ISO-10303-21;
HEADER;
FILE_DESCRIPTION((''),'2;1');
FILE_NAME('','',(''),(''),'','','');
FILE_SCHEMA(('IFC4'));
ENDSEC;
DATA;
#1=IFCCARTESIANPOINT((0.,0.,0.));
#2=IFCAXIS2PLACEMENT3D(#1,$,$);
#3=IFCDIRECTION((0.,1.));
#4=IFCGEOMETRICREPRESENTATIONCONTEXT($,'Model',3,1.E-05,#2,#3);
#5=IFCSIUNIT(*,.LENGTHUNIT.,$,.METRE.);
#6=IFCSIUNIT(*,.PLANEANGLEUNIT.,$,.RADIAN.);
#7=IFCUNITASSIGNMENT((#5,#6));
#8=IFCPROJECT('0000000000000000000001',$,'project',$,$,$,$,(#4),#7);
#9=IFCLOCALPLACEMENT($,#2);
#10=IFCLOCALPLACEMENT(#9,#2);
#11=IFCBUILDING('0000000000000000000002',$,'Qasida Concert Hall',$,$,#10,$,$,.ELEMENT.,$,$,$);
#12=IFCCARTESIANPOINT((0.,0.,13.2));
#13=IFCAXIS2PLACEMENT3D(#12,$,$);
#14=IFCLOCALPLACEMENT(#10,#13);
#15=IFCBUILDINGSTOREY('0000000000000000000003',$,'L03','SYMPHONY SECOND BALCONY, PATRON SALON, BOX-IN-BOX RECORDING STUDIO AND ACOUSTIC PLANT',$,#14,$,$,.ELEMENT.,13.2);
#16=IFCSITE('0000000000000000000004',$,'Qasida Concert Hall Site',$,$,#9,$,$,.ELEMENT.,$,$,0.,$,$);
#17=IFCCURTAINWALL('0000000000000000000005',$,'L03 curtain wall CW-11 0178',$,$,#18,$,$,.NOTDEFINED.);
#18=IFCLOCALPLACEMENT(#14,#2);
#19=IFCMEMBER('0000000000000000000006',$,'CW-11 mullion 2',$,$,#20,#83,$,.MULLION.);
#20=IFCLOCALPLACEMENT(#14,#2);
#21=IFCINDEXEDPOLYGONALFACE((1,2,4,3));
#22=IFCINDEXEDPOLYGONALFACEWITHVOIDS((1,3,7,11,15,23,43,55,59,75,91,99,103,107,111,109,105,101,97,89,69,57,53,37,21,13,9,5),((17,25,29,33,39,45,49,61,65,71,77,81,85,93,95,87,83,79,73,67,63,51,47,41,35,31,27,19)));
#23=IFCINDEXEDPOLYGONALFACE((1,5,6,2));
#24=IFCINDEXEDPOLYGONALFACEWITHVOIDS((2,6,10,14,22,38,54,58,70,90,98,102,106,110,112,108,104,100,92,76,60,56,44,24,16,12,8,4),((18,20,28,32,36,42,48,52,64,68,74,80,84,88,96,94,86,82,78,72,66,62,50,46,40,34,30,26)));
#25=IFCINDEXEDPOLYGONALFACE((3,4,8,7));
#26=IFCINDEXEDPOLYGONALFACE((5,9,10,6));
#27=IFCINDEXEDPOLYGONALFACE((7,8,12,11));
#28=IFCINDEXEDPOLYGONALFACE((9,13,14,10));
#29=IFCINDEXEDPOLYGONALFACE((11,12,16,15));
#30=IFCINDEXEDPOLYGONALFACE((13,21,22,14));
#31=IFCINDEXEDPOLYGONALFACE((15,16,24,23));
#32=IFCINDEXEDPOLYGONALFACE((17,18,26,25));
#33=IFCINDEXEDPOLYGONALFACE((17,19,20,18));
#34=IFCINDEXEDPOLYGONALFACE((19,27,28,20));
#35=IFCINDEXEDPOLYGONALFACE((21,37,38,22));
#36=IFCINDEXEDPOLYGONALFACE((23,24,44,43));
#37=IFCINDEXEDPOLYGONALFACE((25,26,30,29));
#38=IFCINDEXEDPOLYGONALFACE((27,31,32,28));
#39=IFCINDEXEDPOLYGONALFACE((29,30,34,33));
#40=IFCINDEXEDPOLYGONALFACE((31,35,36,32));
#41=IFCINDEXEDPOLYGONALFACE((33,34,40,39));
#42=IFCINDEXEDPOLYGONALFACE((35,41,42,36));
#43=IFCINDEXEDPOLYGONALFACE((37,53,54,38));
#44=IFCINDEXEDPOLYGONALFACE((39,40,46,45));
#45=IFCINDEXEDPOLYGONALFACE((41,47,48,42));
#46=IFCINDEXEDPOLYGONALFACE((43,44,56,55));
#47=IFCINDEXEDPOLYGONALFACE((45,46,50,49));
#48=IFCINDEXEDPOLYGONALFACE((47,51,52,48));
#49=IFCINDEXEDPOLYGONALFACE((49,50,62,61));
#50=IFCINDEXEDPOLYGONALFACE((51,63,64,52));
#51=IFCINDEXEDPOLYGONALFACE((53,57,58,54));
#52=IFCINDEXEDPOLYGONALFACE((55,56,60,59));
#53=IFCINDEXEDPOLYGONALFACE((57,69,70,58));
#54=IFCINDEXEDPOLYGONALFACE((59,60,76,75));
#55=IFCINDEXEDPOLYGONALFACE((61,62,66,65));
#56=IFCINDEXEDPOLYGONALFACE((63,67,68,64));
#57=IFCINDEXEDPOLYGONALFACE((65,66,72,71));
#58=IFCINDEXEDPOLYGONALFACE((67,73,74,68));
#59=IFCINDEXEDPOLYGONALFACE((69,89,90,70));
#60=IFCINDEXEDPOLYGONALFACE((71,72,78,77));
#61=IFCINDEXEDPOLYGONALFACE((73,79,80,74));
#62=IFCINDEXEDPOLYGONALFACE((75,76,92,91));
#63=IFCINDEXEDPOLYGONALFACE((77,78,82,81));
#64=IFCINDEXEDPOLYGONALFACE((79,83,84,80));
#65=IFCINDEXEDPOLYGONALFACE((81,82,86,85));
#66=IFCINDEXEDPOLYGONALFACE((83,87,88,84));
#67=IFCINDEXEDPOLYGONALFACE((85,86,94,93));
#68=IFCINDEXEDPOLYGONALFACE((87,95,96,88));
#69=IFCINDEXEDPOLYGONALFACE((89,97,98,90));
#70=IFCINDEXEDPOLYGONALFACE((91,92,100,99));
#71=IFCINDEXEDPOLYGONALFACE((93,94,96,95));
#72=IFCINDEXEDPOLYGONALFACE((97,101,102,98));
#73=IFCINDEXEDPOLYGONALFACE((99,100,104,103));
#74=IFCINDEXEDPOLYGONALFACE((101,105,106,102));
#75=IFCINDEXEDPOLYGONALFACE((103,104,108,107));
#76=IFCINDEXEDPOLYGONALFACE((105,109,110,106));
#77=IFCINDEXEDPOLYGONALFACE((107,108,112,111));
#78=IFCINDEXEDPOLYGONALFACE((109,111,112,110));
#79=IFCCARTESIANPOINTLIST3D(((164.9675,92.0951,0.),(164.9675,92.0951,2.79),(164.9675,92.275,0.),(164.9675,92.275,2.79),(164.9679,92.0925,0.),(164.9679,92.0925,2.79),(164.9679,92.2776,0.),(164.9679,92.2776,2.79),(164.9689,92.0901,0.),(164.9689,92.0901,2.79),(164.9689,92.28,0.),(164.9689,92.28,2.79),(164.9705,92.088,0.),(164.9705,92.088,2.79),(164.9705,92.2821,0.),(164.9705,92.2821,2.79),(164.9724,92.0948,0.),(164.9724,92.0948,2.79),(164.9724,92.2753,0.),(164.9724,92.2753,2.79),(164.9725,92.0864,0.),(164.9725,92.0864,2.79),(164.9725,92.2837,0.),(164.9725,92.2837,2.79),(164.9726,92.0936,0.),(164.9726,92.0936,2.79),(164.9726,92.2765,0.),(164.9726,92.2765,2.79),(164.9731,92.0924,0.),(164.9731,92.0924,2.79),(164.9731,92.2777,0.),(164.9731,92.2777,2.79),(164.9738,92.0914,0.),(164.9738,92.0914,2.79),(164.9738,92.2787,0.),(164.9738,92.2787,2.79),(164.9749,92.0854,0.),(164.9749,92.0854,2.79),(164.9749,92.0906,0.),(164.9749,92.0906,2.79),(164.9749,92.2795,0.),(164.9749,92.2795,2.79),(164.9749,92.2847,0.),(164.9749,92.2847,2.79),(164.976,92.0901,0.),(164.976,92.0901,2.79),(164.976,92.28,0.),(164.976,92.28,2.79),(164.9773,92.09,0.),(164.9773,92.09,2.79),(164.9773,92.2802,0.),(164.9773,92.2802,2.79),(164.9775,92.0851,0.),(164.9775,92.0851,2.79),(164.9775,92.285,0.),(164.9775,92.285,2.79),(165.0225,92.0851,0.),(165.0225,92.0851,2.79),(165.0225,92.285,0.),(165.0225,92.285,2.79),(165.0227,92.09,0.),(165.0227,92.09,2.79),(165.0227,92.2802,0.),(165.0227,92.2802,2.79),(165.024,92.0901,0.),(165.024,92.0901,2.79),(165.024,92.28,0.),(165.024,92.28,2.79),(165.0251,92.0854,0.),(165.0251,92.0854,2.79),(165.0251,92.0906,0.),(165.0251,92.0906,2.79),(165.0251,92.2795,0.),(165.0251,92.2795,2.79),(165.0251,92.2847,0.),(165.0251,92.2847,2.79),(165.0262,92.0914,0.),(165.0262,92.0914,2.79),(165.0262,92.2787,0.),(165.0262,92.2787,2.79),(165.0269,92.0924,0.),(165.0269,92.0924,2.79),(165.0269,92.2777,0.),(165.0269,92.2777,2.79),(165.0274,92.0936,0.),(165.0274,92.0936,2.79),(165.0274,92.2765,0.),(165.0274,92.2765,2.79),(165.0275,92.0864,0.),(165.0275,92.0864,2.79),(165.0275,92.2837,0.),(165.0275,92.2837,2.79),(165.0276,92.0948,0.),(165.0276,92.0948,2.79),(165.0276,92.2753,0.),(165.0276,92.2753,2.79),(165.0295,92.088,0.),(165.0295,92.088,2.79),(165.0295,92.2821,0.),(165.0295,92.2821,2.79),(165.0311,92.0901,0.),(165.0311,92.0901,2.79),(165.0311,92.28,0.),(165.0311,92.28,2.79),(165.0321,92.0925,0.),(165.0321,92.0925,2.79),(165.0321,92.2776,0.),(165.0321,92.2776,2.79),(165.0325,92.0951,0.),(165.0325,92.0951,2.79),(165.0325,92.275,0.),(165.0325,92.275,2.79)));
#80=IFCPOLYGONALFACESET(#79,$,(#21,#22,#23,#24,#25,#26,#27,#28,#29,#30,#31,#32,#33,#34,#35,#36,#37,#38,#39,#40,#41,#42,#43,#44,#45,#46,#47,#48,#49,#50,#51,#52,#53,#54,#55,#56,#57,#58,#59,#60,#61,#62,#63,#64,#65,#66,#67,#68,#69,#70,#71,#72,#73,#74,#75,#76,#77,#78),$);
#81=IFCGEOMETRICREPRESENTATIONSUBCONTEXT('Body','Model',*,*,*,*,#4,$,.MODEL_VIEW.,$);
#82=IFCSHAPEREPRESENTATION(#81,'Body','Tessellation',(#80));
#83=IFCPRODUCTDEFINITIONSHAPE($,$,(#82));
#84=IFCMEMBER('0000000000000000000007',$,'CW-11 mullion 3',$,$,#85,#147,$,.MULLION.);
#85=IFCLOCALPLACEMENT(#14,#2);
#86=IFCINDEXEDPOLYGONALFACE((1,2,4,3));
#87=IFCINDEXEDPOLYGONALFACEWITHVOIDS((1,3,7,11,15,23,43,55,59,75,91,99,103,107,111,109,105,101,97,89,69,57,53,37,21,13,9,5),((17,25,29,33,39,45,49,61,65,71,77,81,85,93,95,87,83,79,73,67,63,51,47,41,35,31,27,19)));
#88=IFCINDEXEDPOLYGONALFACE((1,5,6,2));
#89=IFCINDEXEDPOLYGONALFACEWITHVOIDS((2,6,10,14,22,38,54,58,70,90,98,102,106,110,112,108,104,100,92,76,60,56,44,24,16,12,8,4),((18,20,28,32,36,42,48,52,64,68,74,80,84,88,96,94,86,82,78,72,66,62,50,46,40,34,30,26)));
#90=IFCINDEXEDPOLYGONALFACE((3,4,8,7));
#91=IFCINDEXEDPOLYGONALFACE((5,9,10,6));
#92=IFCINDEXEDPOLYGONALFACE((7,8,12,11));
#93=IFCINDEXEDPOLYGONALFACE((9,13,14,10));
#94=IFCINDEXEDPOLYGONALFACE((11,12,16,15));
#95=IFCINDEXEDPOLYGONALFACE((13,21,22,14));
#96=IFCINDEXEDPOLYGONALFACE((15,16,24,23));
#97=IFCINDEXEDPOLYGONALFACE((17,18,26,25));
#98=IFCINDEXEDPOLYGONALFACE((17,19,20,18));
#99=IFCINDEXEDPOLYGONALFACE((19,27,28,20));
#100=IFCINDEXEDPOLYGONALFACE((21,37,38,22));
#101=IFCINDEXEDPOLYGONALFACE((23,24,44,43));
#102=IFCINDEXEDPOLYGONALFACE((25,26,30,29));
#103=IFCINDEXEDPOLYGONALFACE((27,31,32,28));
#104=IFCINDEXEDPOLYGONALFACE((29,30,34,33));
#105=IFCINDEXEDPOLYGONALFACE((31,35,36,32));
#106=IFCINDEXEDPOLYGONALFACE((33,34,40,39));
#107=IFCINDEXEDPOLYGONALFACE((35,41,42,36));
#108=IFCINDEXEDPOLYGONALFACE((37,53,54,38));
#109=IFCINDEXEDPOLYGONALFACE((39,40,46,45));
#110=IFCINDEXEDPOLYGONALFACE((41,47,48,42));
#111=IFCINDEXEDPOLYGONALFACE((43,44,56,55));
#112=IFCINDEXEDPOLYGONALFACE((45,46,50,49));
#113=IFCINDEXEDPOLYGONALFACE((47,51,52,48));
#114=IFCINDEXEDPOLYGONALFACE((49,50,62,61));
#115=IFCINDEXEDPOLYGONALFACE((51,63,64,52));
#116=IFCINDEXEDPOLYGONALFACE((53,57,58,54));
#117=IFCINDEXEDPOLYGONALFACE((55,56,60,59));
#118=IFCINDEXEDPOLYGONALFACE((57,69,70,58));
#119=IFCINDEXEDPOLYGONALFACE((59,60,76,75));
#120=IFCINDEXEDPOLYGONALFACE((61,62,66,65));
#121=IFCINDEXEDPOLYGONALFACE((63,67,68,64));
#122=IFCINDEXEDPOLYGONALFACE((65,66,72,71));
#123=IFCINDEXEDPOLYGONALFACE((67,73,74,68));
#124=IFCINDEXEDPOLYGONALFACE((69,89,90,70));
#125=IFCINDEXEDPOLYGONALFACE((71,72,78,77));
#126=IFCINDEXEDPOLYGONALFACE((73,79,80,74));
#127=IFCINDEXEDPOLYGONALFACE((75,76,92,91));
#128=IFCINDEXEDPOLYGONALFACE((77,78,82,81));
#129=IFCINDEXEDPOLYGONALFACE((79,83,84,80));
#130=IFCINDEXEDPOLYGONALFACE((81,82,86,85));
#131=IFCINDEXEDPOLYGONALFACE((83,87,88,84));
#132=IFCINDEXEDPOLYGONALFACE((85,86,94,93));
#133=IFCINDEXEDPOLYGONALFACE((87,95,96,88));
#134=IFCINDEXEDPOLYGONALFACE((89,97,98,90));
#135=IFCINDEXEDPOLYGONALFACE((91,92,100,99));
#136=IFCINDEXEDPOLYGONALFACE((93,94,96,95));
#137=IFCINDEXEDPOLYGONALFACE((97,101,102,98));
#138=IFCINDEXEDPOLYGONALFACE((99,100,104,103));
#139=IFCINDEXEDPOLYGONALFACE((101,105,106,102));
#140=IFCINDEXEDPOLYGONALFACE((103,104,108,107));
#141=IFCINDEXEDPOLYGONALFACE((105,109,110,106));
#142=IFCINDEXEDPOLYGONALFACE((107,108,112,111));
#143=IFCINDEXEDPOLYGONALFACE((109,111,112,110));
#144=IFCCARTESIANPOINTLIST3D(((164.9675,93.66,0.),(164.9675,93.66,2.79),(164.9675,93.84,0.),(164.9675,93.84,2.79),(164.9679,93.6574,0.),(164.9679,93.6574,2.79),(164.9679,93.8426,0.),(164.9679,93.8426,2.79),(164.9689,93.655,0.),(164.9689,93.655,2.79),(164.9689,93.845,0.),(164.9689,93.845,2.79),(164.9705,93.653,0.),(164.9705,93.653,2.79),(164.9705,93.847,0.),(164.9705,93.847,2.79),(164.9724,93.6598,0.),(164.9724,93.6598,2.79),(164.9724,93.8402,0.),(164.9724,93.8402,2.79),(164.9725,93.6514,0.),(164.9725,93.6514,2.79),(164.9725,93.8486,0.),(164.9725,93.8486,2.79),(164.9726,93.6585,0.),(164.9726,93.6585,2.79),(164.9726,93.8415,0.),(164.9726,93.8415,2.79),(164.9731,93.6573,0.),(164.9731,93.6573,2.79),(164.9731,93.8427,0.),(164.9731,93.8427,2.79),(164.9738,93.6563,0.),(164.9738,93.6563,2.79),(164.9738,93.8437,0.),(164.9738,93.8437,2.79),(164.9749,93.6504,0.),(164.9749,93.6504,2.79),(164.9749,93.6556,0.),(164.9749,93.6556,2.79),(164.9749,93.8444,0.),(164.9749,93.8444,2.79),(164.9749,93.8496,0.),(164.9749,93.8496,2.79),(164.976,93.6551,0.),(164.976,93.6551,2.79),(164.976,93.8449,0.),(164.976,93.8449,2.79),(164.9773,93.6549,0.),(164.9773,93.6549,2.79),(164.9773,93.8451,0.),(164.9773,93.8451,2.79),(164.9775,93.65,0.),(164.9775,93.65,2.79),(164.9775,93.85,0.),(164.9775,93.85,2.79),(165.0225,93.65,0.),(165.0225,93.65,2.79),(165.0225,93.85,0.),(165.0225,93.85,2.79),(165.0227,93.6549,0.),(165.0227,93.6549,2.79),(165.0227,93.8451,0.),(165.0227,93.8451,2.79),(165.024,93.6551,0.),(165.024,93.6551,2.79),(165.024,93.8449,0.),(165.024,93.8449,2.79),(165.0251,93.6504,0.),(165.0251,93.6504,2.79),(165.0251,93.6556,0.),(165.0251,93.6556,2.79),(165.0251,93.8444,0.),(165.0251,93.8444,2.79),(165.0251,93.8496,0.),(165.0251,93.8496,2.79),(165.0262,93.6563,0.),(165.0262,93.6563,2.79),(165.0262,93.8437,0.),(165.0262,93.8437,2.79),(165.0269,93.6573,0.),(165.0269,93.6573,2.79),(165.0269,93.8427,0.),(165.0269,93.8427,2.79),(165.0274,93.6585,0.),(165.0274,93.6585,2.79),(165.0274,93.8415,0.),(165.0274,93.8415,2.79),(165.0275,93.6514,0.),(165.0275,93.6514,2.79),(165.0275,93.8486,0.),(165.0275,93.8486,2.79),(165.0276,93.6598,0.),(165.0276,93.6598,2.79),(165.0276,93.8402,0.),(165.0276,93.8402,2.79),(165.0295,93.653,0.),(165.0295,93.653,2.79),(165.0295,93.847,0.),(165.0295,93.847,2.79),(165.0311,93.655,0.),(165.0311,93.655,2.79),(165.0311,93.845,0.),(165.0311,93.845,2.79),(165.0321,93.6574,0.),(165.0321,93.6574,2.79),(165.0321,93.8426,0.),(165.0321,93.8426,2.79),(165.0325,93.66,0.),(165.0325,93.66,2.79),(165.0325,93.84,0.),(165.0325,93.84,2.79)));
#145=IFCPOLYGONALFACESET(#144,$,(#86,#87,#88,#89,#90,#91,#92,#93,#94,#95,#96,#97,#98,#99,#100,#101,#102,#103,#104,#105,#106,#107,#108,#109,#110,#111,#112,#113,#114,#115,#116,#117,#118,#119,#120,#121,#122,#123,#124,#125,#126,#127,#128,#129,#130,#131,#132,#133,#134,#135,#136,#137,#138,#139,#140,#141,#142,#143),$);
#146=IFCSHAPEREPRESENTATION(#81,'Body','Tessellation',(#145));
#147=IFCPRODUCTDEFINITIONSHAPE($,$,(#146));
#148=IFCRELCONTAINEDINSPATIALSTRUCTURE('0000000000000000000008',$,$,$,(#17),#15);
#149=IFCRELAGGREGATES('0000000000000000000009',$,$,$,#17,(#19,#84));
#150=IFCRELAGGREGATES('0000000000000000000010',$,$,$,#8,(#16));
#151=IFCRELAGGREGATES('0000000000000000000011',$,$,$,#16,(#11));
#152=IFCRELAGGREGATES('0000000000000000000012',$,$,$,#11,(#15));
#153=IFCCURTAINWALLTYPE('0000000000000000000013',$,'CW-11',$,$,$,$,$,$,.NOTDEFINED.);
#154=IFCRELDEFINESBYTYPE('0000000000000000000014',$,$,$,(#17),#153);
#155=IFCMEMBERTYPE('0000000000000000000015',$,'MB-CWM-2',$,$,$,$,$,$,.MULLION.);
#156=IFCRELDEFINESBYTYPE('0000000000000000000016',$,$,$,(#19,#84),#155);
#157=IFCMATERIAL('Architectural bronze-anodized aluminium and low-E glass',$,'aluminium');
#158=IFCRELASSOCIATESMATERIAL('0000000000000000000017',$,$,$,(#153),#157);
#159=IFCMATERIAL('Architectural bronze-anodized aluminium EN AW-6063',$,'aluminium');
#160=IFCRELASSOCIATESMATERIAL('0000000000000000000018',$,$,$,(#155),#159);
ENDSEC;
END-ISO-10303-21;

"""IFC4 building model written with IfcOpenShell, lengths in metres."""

from ifc_helpers import new_model, si_unit, direction, frame, origin, origin_2d, place, context, subcontext, project, spatial, hollow_rectangle, extrude, material, material_profile, profile_set, type_object, element, aggregate, save


model = new_model("IFC4")

# Units and contexts
model_context = context("Model", 3, precision=1e-05, world=origin(), true_north=direction((0.0, 1.0)))
body_context = subcontext(model_context, "Body", "Model", "MODEL_VIEW")
ifc_project = project(units=[si_unit("LENGTHUNIT", "METRE"), si_unit("PLANEANGLEUNIT", "RADIAN")], contexts=[model_context])

# Site, building, storey
site_placement = place(None, origin())
site = spatial("IfcSite", under=ifc_project, at=site_placement, Name="Qasida Concert Hall Site", CompositionType="ELEMENT", RefElevation=0.0)
building_placement = place(site_placement, origin())
building = spatial("IfcBuilding", under=site, at=building_placement, Name="Qasida Concert Hall", CompositionType="ELEMENT")
storey_placement = place(building_placement, frame((0.0, 0.0, 13.2)))
storey = spatial("IfcBuildingStorey", under=building, at=storey_placement, Name="L03", Description="SYMPHONY SECOND BALCONY, PATRON SALON, BOX-IN-BOX RECORDING STUDIO AND ACOUSTIC PLANT", CompositionType="ELEMENT", Elevation=13.2)

# Curtain wall, members
ifc_material_1 = material(Name="Architectural bronze-anodized aluminium and low-E glass", Category="aluminium")
curtain_wall_type = type_object("IfcCurtainWallType", Name="CW-11", PredefinedType="NOTDEFINED", material=ifc_material_1)
curtain_wall_placement = place(storey_placement, origin())
curtain_wall = element("IfcCurtainWall", 1, at=curtain_wall_placement, inside=storey, type_object=curtain_wall_type, Name="L03 curtain wall CW-11 0178", PredefinedType="NOTDEFINED")
ifc_material_2 = material(Name="Architectural bronze-anodized aluminium EN AW-6063", Category="aluminium")
ifc_material_profile_1 = material_profile(ifc_material_2, hollow_rectangle(XDim=0.0649, YDim=0.2, WallThickness=0.0049, InnerFilletRadius=0.0049, OuterFilletRadius=0.01, at=origin_2d()), Name="CWM 200x65x5")
ifc_profile_set_1 = profile_set([ifc_material_profile_1], Name="Architectural bronze-anodized aluminium EN AW-6063")
member_type_1 = type_object("IfcMemberType", Name="MB-CWM-2", PredefinedType="MULLION", material=ifc_profile_set_1)
member_1_placement = place(storey_placement, frame((165.0, 92.1851, 0.0), z_axis=(0.0, 0.0, 1.0), x_axis=(-1.0, 0.0, 0.0)))
member_1 = element("IfcMember", 2, at=member_1_placement, type_object=member_type_1, Name="CW-11 mullion 2", PredefinedType="MULLION", context=body_context, shape_type="SweptSolid", body=[
    extrude(hollow_rectangle(XDim=0.0649, YDim=0.2, WallThickness=0.0049, InnerFilletRadius=0.0049, OuterFilletRadius=0.01, at=origin_2d()), origin(), (0.0, 0.0, 1.0), 2.79),
])
member_2_placement = place(storey_placement, frame((165.0, 93.75, 0.0), z_axis=(0.0, 0.0, 1.0), x_axis=(-1.0, 0.0, 0.0)))
member_2 = element("IfcMember", 3, at=member_2_placement, type_object=member_type_1, Name="CW-11 mullion 3", PredefinedType="MULLION", context=body_context, shape_type="SweptSolid", body=[
    extrude(hollow_rectangle(XDim=0.0649, YDim=0.2, WallThickness=0.0049, InnerFilletRadius=0.0049, OuterFilletRadius=0.01, at=origin_2d()), origin(), (0.0, 0.0, 1.0), 2.79),
])
aggregate(curtain_wall, [member_1, member_2])

save(model, "model.ifc")
